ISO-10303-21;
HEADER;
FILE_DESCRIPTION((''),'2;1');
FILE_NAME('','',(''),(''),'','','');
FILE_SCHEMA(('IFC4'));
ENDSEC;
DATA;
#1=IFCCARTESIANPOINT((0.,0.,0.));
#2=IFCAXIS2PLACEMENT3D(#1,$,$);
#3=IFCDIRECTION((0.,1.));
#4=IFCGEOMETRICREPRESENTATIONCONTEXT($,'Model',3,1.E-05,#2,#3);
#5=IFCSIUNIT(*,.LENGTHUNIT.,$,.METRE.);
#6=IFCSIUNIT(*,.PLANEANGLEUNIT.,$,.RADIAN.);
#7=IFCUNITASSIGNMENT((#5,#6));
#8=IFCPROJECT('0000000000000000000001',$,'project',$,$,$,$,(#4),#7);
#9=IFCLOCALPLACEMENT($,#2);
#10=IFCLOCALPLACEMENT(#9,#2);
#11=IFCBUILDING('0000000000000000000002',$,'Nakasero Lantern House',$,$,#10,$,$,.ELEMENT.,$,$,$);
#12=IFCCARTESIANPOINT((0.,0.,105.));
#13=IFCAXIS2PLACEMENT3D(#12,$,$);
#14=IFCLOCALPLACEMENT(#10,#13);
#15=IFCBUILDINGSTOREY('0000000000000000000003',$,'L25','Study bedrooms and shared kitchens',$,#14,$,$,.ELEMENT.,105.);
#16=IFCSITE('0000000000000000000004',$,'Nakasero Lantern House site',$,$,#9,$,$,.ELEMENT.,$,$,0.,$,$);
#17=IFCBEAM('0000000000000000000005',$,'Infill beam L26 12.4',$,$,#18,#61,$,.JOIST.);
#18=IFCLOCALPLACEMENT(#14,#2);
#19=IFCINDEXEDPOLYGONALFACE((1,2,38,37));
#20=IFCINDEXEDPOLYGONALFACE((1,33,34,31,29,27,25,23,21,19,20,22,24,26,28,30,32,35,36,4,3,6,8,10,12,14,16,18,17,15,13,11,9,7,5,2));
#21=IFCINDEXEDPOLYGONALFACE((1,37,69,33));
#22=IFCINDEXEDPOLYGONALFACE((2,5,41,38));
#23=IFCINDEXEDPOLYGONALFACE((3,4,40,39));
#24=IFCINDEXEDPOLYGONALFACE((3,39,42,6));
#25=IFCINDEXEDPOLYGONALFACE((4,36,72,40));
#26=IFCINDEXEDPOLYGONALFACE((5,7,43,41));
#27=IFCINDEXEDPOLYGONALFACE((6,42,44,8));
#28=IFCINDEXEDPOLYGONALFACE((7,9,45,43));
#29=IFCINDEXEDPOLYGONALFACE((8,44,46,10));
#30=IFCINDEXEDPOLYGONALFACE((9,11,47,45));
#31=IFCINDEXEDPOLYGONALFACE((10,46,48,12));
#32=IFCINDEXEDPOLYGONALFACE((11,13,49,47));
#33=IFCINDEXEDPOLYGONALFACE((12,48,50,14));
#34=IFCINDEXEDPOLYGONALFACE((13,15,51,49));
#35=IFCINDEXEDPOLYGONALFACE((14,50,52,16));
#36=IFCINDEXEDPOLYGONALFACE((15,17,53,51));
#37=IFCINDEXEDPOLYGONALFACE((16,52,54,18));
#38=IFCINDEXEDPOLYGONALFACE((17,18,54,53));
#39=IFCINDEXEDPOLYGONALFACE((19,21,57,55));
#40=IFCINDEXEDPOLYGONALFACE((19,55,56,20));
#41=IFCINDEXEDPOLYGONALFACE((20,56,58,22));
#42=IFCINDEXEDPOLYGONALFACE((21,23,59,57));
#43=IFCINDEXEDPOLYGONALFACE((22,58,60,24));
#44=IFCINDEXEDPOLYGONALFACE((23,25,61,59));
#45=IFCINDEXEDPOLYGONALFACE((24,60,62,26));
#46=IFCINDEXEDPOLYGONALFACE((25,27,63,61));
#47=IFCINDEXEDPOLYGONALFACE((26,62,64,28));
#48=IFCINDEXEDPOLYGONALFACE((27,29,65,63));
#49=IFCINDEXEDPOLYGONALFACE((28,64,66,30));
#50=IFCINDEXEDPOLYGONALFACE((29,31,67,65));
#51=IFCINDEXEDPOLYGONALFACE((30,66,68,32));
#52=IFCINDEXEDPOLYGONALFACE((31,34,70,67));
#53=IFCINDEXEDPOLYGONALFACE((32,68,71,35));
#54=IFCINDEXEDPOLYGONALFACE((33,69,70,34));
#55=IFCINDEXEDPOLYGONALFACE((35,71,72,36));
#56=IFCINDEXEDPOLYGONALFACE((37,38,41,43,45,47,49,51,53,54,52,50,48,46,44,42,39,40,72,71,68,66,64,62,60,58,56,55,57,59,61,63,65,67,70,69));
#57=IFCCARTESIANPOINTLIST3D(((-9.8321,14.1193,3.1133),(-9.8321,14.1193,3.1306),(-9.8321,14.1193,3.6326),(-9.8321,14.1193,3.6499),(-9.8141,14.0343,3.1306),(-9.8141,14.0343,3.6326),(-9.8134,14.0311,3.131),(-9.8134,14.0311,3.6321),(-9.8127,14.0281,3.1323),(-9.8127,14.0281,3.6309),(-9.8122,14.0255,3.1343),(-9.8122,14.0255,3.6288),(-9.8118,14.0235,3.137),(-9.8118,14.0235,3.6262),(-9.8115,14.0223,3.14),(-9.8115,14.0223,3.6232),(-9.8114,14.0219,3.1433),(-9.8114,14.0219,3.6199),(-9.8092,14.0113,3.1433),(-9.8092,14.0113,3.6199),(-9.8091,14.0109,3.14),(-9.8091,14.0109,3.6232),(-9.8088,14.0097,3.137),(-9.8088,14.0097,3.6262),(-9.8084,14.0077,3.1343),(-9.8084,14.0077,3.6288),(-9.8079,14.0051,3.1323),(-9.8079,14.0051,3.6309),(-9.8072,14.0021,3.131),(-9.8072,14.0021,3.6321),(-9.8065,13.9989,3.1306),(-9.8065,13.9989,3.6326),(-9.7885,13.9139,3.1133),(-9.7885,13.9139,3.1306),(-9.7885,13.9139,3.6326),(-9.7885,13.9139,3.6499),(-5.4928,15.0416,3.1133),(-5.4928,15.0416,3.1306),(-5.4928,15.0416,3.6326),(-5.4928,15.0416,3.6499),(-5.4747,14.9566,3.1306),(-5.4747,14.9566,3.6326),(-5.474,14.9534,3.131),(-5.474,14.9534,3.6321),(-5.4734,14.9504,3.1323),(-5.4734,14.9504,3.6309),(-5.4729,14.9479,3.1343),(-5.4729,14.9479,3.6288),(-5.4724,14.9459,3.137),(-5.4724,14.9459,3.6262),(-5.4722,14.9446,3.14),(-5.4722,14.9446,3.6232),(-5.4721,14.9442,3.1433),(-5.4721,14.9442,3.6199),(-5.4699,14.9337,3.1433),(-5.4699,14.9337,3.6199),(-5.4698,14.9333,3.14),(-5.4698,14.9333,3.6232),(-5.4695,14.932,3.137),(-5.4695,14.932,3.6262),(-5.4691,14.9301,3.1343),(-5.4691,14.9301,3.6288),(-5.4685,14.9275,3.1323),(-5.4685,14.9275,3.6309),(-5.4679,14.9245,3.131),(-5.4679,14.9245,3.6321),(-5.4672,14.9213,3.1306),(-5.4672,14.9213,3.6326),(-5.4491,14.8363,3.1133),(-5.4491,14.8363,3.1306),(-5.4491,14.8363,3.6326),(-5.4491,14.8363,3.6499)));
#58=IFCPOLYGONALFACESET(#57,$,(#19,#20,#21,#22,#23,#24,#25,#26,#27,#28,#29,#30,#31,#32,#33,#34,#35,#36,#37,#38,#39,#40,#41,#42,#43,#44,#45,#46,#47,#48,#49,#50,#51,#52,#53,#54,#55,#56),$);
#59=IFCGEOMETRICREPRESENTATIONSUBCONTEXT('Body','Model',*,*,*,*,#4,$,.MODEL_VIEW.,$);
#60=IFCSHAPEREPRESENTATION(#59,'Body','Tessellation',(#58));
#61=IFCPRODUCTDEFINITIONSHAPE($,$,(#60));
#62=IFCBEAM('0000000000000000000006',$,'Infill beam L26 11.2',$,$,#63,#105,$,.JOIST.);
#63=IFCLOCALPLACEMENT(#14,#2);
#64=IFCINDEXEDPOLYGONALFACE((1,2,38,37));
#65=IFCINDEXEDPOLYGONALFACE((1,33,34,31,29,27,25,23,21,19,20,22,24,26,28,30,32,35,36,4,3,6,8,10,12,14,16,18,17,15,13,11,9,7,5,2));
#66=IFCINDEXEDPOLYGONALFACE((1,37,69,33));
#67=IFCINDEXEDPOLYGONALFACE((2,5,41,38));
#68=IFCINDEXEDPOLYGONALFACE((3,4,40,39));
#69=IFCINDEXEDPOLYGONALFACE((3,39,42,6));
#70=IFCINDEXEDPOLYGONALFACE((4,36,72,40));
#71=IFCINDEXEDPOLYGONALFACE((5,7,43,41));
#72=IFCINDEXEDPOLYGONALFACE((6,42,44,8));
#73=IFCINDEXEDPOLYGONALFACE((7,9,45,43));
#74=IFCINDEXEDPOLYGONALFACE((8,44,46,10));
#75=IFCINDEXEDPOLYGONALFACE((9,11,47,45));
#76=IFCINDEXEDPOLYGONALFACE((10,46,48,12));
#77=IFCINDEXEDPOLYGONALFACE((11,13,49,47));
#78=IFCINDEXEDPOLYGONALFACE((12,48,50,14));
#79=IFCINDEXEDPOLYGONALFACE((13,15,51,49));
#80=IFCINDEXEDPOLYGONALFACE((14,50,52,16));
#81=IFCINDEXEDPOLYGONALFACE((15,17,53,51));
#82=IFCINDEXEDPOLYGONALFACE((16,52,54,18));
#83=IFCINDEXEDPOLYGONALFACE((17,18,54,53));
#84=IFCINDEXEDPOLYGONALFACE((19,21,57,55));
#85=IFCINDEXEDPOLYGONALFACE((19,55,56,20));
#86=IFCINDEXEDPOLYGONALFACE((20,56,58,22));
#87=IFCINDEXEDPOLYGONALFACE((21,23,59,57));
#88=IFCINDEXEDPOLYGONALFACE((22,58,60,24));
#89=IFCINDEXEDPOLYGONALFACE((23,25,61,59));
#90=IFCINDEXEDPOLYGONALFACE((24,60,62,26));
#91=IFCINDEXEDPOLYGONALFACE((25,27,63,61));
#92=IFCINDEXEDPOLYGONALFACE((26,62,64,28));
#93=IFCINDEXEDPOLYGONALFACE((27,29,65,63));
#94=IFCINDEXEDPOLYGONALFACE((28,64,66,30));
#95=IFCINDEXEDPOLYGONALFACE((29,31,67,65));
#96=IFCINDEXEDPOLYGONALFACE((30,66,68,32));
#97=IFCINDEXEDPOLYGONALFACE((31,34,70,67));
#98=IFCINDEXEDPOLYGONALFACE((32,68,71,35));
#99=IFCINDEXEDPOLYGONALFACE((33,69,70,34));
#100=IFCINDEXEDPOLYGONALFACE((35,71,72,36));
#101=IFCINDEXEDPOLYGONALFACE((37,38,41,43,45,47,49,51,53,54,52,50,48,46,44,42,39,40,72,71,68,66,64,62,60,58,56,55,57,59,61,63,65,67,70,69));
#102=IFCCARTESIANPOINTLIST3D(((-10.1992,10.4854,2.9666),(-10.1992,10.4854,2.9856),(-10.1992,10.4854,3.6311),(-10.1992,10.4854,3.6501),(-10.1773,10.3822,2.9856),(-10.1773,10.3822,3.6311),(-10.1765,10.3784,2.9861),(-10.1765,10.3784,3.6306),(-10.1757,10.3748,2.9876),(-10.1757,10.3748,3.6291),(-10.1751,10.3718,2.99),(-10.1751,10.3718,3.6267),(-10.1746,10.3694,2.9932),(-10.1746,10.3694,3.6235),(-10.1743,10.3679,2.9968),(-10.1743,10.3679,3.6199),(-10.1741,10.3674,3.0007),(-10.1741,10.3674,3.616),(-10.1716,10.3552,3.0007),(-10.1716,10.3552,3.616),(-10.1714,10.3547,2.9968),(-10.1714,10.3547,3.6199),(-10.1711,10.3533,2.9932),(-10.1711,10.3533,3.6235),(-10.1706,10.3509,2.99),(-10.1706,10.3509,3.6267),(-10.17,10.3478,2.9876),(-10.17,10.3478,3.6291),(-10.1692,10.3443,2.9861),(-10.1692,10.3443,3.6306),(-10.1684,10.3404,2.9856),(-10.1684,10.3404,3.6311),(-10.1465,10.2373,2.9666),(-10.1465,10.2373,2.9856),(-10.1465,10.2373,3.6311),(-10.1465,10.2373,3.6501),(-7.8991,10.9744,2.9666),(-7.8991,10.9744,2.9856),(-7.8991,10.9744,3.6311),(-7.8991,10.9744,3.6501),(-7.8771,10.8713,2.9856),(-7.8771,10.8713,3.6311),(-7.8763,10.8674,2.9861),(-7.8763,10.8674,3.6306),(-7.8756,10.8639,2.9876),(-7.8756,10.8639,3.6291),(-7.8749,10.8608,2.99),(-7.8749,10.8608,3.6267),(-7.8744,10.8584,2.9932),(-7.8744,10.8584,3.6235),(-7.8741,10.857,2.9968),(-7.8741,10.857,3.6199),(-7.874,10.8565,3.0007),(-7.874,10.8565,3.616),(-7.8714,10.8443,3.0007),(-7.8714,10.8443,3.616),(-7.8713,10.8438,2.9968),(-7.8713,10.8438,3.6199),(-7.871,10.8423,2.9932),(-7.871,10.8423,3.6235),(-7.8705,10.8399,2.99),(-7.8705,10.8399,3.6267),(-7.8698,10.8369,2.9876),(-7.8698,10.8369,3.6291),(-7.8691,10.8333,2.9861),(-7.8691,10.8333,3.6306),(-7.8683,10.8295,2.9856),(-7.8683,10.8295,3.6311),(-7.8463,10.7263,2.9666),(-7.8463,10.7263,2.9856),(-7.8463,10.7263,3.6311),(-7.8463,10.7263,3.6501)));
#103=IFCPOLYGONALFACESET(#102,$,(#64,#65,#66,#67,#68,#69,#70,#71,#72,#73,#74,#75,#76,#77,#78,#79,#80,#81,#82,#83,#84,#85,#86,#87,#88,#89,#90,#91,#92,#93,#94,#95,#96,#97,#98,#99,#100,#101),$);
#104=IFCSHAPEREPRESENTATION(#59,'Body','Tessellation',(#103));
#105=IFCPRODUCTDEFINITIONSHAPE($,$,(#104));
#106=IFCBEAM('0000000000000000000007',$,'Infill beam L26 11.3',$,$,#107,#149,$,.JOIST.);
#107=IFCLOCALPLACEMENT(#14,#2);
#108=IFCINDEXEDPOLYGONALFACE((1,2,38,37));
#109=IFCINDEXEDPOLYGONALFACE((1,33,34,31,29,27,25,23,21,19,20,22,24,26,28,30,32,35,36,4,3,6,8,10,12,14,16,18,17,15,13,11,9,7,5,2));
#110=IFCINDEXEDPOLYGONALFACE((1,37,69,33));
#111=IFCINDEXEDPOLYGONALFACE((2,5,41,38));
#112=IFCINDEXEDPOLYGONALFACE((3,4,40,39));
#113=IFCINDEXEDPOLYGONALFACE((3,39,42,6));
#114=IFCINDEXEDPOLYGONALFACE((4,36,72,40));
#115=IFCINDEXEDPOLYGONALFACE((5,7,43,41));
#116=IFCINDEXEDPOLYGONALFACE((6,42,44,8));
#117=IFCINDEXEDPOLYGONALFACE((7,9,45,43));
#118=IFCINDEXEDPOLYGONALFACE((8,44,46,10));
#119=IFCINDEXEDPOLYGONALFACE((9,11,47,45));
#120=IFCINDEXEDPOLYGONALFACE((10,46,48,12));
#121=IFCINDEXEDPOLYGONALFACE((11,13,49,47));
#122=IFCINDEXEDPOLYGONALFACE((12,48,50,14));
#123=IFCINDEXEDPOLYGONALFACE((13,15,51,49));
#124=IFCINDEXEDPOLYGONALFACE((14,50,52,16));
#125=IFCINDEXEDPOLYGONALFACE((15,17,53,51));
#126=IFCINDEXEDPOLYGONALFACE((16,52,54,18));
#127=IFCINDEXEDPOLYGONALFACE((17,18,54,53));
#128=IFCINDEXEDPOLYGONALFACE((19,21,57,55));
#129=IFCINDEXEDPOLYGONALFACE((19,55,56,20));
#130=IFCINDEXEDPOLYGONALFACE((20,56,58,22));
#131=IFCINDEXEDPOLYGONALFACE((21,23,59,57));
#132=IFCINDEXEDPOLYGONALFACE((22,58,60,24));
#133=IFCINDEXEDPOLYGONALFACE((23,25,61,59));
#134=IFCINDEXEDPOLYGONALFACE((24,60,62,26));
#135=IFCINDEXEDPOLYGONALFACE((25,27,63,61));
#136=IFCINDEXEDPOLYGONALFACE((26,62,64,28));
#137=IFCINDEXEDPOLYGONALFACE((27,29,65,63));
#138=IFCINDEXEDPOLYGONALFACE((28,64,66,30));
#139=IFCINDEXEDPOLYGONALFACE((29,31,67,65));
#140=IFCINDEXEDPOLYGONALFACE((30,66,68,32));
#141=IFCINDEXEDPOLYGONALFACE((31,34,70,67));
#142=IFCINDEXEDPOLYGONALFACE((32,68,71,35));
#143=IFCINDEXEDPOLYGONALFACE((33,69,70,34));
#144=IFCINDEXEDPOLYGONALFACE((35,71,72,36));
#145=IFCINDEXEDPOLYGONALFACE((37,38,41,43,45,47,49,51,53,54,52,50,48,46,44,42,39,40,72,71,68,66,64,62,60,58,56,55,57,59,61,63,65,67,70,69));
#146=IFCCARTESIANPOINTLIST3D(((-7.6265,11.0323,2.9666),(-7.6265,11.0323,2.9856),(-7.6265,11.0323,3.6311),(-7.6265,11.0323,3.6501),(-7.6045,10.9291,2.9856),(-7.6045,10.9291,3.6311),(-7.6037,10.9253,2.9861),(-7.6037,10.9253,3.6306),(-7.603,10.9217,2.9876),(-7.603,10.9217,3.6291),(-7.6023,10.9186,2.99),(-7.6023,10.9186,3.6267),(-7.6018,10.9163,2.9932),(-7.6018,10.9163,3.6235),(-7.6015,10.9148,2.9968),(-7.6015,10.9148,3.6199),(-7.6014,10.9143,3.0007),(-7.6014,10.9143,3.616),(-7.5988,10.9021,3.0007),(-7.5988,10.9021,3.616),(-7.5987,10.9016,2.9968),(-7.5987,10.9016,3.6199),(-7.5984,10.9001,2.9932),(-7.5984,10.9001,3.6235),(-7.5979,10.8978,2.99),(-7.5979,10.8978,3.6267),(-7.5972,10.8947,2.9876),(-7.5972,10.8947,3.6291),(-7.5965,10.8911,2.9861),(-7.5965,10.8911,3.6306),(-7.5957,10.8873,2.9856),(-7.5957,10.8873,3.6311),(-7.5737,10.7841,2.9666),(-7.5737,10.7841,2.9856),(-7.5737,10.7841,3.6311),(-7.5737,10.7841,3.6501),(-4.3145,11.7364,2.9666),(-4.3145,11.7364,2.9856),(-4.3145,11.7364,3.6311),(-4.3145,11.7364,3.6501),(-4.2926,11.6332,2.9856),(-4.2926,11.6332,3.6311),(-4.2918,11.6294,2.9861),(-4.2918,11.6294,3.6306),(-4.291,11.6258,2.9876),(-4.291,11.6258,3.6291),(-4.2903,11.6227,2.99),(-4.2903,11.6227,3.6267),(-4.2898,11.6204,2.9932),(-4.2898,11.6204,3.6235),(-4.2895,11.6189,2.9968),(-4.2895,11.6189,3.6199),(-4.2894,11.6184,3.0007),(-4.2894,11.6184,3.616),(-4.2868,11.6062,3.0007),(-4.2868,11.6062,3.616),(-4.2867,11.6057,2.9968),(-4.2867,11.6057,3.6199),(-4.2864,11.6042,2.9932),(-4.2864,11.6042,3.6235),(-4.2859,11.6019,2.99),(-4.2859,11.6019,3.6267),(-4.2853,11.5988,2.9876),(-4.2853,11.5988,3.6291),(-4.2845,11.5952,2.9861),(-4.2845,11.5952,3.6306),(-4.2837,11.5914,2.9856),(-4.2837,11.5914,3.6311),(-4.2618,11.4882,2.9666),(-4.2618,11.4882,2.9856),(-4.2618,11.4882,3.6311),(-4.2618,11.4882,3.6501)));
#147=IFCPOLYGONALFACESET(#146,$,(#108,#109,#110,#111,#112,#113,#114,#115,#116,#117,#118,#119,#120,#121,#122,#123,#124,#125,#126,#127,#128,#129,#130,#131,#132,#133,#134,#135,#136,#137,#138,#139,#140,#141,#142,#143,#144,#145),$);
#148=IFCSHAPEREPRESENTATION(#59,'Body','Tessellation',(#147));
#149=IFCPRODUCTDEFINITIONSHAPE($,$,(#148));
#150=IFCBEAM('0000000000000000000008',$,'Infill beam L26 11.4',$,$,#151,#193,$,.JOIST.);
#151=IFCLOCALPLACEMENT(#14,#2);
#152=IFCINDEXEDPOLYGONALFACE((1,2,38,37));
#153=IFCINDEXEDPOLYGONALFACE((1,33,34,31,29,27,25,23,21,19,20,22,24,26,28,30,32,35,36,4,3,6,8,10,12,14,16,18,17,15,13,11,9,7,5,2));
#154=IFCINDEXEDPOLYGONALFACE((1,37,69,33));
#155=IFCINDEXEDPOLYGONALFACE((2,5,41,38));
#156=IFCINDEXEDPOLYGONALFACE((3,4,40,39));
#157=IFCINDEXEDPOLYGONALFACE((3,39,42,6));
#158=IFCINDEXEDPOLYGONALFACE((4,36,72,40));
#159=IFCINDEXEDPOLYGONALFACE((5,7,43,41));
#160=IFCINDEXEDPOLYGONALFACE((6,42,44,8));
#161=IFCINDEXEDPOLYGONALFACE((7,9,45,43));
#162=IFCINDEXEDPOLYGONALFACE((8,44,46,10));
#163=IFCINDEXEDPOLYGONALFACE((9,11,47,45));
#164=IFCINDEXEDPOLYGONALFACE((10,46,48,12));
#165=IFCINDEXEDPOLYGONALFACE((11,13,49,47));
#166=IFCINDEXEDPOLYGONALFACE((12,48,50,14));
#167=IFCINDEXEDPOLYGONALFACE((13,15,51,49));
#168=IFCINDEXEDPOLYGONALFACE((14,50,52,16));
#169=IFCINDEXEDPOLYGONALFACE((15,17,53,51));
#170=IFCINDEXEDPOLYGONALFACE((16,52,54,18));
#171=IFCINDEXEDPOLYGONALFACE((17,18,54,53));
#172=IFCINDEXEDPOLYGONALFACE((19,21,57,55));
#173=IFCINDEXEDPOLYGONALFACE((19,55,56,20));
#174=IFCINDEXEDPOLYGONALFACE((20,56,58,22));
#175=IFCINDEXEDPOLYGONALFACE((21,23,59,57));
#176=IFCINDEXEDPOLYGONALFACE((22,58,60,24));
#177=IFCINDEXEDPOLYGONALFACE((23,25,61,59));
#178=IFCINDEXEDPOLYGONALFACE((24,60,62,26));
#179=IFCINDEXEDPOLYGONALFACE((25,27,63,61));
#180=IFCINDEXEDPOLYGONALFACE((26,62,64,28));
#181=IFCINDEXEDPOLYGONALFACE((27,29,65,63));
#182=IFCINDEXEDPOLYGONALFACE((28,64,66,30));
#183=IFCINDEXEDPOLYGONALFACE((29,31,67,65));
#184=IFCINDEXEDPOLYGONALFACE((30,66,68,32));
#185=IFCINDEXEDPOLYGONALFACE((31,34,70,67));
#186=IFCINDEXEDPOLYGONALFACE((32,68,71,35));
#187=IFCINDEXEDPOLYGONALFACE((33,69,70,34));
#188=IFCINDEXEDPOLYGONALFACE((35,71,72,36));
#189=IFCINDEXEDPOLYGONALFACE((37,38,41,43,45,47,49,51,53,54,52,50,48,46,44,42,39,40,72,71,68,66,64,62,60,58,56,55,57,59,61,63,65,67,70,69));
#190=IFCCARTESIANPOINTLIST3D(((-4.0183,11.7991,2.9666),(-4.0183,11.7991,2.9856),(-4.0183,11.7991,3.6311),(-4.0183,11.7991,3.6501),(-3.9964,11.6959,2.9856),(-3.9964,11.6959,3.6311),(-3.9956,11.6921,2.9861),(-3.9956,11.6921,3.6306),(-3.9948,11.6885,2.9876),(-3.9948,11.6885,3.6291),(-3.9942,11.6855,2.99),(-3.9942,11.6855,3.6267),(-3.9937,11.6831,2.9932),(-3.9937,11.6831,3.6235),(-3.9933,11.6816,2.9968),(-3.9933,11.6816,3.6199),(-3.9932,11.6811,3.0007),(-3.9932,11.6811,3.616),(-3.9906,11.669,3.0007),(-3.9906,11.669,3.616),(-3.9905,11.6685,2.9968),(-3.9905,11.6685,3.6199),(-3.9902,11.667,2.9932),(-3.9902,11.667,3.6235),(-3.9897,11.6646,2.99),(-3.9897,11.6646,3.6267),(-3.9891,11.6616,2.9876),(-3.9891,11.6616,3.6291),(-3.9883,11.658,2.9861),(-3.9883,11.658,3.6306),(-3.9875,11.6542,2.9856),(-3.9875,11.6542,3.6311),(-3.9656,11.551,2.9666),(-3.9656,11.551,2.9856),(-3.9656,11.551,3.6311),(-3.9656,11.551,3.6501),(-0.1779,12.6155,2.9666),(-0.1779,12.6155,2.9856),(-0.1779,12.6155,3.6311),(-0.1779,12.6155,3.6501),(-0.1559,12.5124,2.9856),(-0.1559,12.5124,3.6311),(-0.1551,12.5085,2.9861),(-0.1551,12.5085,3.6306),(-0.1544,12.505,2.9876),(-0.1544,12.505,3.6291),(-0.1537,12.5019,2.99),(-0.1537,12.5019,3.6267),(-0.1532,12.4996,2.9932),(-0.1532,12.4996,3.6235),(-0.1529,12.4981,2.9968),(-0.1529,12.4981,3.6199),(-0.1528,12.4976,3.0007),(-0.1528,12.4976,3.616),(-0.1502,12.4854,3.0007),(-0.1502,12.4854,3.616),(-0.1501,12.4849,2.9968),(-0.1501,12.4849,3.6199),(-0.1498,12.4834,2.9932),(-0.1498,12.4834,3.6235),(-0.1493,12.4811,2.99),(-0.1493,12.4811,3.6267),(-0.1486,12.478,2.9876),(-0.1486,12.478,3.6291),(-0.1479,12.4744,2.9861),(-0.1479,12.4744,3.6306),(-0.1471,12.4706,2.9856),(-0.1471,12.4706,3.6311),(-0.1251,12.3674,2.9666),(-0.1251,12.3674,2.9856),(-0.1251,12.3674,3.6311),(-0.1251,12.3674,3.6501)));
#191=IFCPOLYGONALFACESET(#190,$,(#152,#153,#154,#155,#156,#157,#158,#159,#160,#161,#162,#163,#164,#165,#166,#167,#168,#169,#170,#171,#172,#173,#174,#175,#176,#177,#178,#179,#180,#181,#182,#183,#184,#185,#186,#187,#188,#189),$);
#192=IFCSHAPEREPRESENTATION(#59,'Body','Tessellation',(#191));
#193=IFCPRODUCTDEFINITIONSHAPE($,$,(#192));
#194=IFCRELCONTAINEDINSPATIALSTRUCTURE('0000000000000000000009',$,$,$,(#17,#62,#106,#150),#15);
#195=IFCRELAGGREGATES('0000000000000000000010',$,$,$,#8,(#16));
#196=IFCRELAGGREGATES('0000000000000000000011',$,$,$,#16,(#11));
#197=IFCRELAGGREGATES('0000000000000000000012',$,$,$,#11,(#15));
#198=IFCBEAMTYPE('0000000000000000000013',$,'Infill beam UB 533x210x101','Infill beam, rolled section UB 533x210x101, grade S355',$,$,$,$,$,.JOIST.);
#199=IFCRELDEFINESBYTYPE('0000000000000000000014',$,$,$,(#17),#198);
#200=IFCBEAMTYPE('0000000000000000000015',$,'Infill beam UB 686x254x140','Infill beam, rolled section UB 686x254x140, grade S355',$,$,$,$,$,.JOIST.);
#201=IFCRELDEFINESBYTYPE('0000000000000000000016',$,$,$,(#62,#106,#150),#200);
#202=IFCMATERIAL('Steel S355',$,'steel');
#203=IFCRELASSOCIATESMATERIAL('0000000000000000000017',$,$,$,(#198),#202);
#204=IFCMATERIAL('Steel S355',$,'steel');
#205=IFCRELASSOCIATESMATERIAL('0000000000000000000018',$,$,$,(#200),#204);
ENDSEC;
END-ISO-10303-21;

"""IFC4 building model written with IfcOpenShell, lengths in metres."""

from ifc_helpers import new_model, si_unit, direction, frame, origin, origin_2d, place, context, subcontext, project, spatial, i_section, extrude, material, material_profile, profile_set, type_object, element, save


model = new_model("IFC4")

# Units and contexts
model_context = context("Model", 3, precision=1e-05, world=origin(), true_north=direction((0.0, 1.0)))
body_context = subcontext(model_context, "Body", "Model", "MODEL_VIEW")
ifc_project = project(units=[si_unit("LENGTHUNIT", "METRE"), si_unit("PLANEANGLEUNIT", "RADIAN")], contexts=[model_context])

# Site, building, storey
site_placement = place(None, origin())
site = spatial("IfcSite", under=ifc_project, at=site_placement, Name="Nakasero Lantern House site", CompositionType="ELEMENT", RefElevation=0.0)
building_placement = place(site_placement, origin())
building = spatial("IfcBuilding", under=site, at=building_placement, Name="Nakasero Lantern House", CompositionType="ELEMENT")
storey_placement = place(building_placement, frame((0.0, 0.0, 105.0)))
storey = spatial("IfcBuildingStorey", under=building, at=storey_placement, Name="L25", Description="Study bedrooms and shared kitchens", CompositionType="ELEMENT", Elevation=105.0)

# Beams
ifc_material_1 = material(Name="Steel S355", Category="steel")
ifc_material_profile_1 = material_profile(ifc_material_1, i_section(OverallWidth=0.21, OverallDepth=0.5366, WebThickness=0.0107, FlangeThickness=0.0173, FilletRadius=0.0127, at=origin_2d()), Name="UB 533x210x101")
ifc_profile_set_1 = profile_set([ifc_material_profile_1], Name="Steel S355")
beam_type_1 = type_object("IfcBeamType", Name="Infill beam UB 533x210x101", Description="Infill beam, rolled section UB 533x210x101, grade S355", PredefinedType="JOIST", material=ifc_profile_set_1)
beam_1_placement = place(storey_placement, frame((-9.8103, 14.0166, 3.3816), z_axis=(0.978147, 0.207913, 0.0), x_axis=(-0.207913, 0.978147, 0.0)))
element("IfcBeam", 1, at=beam_1_placement, inside=storey, type_object=beam_type_1, Name="Infill beam L26 12.4", PredefinedType="JOIST", context=body_context, shape_type="SweptSolid", body=[
    extrude(i_section(OverallWidth=0.21, OverallDepth=0.5366, WebThickness=0.0107, FlangeThickness=0.0173, FilletRadius=0.0127, at=origin_2d()), origin(), (0.0, 0.0, 1.0), 4.4363),
])
ifc_material_2 = material(Name="Steel S355", Category="steel")
ifc_material_profile_2 = material_profile(ifc_material_2, i_section(OverallWidth=0.2537, OverallDepth=0.6836, WebThickness=0.0125, FlangeThickness=0.019, FilletRadius=0.0151, at=origin_2d()), Name="UB 686x254x140")
ifc_profile_set_2 = profile_set([ifc_material_profile_2], Name="Steel S355")
beam_type_2 = type_object("IfcBeamType", Name="Infill beam UB 686x254x140", Description="Infill beam, rolled section UB 686x254x140, grade S355", PredefinedType="JOIST", material=ifc_profile_set_2)
beam_2_placement = place(storey_placement, frame((-10.1729, 10.3613, 3.3083), z_axis=(0.978137, 0.207962, 0.0), x_axis=(-0.207962, 0.978137, 0.0)))
element("IfcBeam", 2, at=beam_2_placement, inside=storey, type_object=beam_type_2, Name="Infill beam L26 11.2", PredefinedType="JOIST", context=body_context, shape_type="SweptSolid", body=[
    extrude(i_section(OverallWidth=0.2537, OverallDepth=0.6836, WebThickness=0.0125, FlangeThickness=0.019, FilletRadius=0.0151, at=origin_2d()), origin(), (0.0, 0.0, 1.0), 2.3516),
])
beam_3_placement = place(storey_placement, frame((-7.6001, 10.9082, 3.3083), z_axis=(0.978141, 0.207943, 0.0), x_axis=(-0.207943, 0.978141, 0.0)))
element("IfcBeam", 3, at=beam_3_placement, inside=storey, type_object=beam_type_2, Name="Infill beam L26 11.3", PredefinedType="JOIST", context=body_context, shape_type="SweptSolid", body=[
    extrude(i_section(OverallWidth=0.2537, OverallDepth=0.6836, WebThickness=0.0125, FlangeThickness=0.019, FilletRadius=0.0151, at=origin_2d()), origin(), (0.0, 0.0, 1.0), 3.386),
])
beam_4_placement = place(storey_placement, frame((-3.9919, 11.675, 3.3083), z_axis=(0.978141, 0.207941, 0.0), x_axis=(-0.207941, 0.978141, 0.0)))
element("IfcBeam", 4, at=beam_4_placement, inside=storey, type_object=beam_type_2, Name="Infill beam L26 11.4", PredefinedType="JOIST", context=body_context, shape_type="SweptSolid", body=[
    extrude(i_section(OverallWidth=0.2537, OverallDepth=0.6836, WebThickness=0.0125, FlangeThickness=0.019, FilletRadius=0.0151, at=origin_2d()), origin(), (0.0, 0.0, 1.0), 3.9263),
])

save(model, "model.ifc")
